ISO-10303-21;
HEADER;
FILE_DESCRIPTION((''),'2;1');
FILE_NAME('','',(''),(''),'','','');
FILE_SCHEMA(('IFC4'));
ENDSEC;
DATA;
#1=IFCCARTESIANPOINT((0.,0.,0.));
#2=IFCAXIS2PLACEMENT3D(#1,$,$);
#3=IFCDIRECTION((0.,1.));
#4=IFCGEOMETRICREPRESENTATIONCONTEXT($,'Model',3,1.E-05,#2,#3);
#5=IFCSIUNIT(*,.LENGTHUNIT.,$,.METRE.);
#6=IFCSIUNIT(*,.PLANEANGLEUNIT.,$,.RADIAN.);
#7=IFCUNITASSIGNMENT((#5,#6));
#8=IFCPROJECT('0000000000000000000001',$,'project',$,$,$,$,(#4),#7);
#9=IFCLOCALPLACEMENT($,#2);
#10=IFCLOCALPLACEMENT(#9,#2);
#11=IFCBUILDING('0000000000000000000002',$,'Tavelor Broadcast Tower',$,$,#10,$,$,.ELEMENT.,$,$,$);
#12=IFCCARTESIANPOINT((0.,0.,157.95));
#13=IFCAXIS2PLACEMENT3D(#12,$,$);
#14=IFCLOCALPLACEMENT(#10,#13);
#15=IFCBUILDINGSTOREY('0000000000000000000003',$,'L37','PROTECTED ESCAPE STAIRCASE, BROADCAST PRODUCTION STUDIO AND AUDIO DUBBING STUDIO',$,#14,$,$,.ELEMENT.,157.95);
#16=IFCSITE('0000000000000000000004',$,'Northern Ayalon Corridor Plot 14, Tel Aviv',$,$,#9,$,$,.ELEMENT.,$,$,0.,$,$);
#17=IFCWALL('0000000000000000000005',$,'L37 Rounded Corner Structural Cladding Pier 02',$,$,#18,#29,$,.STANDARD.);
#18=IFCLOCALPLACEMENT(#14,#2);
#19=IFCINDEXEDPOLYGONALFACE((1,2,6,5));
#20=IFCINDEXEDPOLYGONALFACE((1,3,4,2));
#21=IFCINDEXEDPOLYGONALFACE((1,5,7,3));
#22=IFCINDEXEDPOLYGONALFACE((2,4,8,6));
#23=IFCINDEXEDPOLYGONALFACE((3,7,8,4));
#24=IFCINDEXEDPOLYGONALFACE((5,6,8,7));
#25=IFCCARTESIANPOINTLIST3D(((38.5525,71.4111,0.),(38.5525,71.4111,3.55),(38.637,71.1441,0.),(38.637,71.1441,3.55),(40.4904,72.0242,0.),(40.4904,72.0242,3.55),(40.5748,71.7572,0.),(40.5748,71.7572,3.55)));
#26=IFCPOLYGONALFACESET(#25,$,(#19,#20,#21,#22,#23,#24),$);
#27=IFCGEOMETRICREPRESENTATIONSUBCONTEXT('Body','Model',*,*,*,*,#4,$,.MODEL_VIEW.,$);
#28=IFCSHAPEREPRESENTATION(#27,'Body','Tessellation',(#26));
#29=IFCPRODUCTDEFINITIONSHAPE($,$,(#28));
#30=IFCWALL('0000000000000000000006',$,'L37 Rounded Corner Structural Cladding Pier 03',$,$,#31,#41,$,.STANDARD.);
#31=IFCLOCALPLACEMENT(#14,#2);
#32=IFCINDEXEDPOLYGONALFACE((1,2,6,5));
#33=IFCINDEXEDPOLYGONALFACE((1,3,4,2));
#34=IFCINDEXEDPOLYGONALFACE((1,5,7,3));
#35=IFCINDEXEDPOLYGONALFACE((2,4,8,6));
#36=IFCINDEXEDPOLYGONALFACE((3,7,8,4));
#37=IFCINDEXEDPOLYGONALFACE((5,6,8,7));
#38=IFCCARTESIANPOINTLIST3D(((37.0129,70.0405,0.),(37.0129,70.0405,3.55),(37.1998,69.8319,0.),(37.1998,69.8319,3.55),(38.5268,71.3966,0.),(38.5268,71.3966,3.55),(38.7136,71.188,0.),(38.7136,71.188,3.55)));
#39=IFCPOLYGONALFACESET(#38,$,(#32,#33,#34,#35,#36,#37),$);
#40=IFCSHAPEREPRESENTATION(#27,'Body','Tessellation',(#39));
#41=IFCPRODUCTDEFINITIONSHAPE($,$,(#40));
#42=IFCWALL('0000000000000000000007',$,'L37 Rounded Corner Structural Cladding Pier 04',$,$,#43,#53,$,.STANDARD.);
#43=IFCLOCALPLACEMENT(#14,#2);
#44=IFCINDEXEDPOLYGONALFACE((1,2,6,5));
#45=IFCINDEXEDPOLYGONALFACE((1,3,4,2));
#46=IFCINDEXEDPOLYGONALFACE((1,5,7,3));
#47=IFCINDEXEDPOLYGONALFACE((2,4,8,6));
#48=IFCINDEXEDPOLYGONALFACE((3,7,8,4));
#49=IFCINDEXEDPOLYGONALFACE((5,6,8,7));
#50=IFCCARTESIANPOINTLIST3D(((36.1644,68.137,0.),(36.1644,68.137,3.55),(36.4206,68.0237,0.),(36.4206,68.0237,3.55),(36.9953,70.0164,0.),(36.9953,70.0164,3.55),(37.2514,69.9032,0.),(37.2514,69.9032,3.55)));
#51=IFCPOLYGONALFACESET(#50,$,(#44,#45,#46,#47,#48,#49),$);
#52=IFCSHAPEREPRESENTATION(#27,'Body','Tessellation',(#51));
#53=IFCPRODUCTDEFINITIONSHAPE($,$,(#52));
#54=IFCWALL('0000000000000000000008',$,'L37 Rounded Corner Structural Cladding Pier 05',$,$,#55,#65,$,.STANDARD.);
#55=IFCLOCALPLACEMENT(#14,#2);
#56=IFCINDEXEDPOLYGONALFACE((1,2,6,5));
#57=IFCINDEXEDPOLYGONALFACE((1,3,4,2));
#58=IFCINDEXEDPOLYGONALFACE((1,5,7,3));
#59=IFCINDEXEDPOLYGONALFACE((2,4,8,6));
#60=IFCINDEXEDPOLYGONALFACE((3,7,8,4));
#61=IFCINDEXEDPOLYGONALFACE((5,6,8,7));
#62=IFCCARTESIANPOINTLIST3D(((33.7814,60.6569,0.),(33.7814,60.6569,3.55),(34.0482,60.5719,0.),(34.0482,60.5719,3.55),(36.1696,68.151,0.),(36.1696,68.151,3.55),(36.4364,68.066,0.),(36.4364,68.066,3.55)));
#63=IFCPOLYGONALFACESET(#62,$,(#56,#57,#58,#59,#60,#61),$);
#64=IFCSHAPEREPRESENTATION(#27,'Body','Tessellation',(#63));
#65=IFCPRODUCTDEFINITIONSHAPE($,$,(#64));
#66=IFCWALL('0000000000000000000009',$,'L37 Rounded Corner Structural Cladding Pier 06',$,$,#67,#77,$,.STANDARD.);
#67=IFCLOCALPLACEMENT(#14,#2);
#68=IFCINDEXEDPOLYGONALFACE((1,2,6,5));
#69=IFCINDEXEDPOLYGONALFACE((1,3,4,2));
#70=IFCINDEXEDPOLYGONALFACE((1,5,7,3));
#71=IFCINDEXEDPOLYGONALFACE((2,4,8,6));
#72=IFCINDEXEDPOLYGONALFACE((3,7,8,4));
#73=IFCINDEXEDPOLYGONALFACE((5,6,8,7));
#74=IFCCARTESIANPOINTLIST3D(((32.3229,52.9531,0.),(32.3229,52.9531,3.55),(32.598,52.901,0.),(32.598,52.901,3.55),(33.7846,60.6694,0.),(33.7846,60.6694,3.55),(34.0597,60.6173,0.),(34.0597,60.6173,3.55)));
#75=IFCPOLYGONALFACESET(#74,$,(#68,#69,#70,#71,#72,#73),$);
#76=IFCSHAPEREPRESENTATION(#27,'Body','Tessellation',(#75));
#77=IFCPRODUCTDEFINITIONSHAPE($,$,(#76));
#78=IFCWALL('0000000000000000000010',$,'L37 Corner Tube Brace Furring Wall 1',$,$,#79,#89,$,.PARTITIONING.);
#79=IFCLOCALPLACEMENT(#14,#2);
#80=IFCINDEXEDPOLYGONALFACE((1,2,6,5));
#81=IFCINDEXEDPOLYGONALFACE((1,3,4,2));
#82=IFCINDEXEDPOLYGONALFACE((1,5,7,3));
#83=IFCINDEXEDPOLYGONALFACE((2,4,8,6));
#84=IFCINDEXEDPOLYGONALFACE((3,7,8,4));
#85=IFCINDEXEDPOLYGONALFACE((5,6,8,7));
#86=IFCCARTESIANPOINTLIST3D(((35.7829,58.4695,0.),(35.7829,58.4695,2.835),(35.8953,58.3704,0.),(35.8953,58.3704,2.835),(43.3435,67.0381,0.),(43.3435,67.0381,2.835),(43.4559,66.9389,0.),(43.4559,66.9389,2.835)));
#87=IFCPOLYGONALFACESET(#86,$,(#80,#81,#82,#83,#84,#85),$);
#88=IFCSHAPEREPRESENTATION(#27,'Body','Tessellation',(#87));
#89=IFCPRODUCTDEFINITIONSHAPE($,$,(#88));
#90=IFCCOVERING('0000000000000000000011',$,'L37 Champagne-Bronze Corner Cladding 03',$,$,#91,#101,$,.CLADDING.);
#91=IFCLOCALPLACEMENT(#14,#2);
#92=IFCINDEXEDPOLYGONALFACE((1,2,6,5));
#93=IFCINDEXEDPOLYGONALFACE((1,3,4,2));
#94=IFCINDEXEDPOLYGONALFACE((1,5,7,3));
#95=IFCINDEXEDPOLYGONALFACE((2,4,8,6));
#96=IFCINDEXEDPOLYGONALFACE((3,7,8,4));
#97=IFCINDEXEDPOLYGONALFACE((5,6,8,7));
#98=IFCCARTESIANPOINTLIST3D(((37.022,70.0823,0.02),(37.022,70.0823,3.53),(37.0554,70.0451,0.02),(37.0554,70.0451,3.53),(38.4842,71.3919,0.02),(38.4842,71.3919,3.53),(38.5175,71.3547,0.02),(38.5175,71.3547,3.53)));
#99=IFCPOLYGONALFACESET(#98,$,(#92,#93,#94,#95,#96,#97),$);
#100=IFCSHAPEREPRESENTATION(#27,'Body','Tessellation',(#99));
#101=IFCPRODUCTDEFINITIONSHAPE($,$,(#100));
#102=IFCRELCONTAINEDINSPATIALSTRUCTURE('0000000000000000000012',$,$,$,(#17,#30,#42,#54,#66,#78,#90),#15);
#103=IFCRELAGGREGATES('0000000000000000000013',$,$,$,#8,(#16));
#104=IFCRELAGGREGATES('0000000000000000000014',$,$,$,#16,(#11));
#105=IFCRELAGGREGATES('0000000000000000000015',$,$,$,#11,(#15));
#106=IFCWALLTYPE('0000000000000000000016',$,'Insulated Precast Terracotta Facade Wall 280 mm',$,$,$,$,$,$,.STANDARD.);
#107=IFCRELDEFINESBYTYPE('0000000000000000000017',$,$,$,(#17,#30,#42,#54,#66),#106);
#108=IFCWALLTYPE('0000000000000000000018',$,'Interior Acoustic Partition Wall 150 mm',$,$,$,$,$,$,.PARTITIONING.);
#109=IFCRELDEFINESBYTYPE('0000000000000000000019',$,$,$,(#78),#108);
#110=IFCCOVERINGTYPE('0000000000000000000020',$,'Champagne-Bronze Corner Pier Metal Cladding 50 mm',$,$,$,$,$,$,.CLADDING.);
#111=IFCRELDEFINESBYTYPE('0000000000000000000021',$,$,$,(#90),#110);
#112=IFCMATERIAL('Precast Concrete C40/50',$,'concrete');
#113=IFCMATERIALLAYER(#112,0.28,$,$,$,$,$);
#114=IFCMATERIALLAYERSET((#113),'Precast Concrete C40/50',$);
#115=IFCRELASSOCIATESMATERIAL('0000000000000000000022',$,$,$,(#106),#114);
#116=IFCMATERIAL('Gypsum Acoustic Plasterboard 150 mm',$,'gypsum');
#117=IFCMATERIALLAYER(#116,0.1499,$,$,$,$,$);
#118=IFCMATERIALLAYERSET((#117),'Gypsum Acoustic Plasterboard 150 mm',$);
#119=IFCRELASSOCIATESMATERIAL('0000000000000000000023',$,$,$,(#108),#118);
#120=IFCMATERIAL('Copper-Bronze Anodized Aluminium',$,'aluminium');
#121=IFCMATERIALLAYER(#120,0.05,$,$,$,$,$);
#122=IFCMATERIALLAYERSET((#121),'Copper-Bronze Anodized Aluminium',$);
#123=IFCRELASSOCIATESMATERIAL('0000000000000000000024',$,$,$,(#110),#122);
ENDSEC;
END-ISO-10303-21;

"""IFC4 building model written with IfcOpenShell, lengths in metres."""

from ifc_helpers import new_model, si_unit, direction, frame, frame_2d, origin, origin_2d, place, context, subcontext, project, spatial, rectangle, extrude, material, layer, layer_set, type_object, element, save


model = new_model("IFC4")

# Units and contexts
model_context = context("Model", 3, precision=1e-05, world=origin(), true_north=direction((0.0, 1.0)))
body_context = subcontext(model_context, "Body", "Model", "MODEL_VIEW")
ifc_project = project(units=[si_unit("LENGTHUNIT", "METRE"), si_unit("PLANEANGLEUNIT", "RADIAN")], contexts=[model_context])

# Site, building, storey
site_placement = place(None, origin())
site = spatial("IfcSite", under=ifc_project, at=site_placement, Name="Northern Ayalon Corridor Plot 14, Tel Aviv", CompositionType="ELEMENT", RefElevation=0.0)
building_placement = place(site_placement, origin())
building = spatial("IfcBuilding", under=site, at=building_placement, Name="Tavelor Broadcast Tower", CompositionType="ELEMENT")
storey_placement = place(building_placement, frame((0.0, 0.0, 157.95)))
storey = spatial("IfcBuildingStorey", under=building, at=storey_placement, Name="L37", Description="PROTECTED ESCAPE STAIRCASE, BROADCAST PRODUCTION STUDIO AND AUDIO DUBBING STUDIO", CompositionType="ELEMENT", Elevation=157.95)

# Walls
ifc_material_1 = material(Name="Precast Concrete C40/50", Category="concrete")
ifc_layer_1 = layer(ifc_material_1, 0.28)
ifc_layer_set_1 = layer_set([ifc_layer_1], Name="Precast Concrete C40/50")
wall_type_1 = type_object("IfcWallType", Name="Insulated Precast Terracotta Facade Wall 280 mm", PredefinedType="STANDARD", material=ifc_layer_set_1)
for number, where, z_axis, x_axis, name in (
    (1, (40.5325, 71.8906, 0.0), (0.0, 0.0, 1.0), (-0.953425, -0.301631, 0.0), "L37 Rounded Corner Structural Cladding Pier 02"),
    (2, (38.6201, 71.2922, 0.0), (0.0, 0.0, 1.0), (-0.744839, -0.667244, 0.0), "L37 Rounded Corner Structural Cladding Pier 03"),
):
    element("IfcWall", number, at=place(storey_placement, frame(where, z_axis=z_axis, x_axis=x_axis)), inside=storey, type_object=wall_type_1, Name=name, PredefinedType="STANDARD", context=body_context, shape_type="SweptSolid", body=[
        extrude(rectangle(XDim=2.0325, YDim=0.28, at=frame_2d((1.0161, 0.0))), origin(), (0.0, 0.0, 1.0), 3.55),
    ])
wall_1_placement = place(storey_placement, frame((37.1233, 69.9597, 0.0), z_axis=(0.0, 0.0, 1.0), x_axis=(-0.404319, -0.914618, 0.0)))
element("IfcWall", 3, at=wall_1_placement, inside=storey, type_object=wall_type_1, Name="L37 Rounded Corner Structural Cladding Pier 04", PredefinedType="STANDARD", context=body_context, shape_type="SweptSolid", body=[
    extrude(rectangle(XDim=2.0549, YDim=0.28, at=frame_2d((1.0273, 0.0))), origin(), (0.0, 0.0, 1.0), 3.55),
])
wall_2_placement = place(storey_placement, frame((36.303, 68.1084, 0.0), z_axis=(0.0, 0.0, 1.0), x_axis=(-0.303629, -0.95279, 0.0)))
element("IfcWall", 4, at=wall_2_placement, inside=storey, type_object=wall_type_1, Name="L37 Rounded Corner Structural Cladding Pier 05", PredefinedType="STANDARD", context=body_context, shape_type="SweptSolid", body=[
    extrude(rectangle(XDim=7.8655, YDim=0.28, at=frame_2d((3.9326, 0.0))), origin(), (0.0, 0.0, 1.0), 3.55),
])
wall_3_placement = place(storey_placement, frame((33.9221, 60.6433, 0.0), z_axis=(0.0, 0.0, 1.0), x_axis=(-0.186116, -0.982528, 0.0)))
element("IfcWall", 5, at=wall_3_placement, inside=storey, type_object=wall_type_1, Name="L37 Rounded Corner Structural Cladding Pier 06", PredefinedType="STANDARD", context=body_context, shape_type="SweptSolid", body=[
    extrude(rectangle(XDim=7.8535, YDim=0.28, at=frame_2d((3.9268, 0.0))), origin(), (0.0, 0.0, 1.0), 3.55),
])
ifc_material_2 = material(Name="Gypsum Acoustic Plasterboard 150 mm", Category="gypsum")
ifc_layer_2 = layer(ifc_material_2, 0.1499)
ifc_layer_set_2 = layer_set([ifc_layer_2], Name="Gypsum Acoustic Plasterboard 150 mm")
wall_type_2 = type_object("IfcWallType", Name="Interior Acoustic Partition Wall 150 mm", PredefinedType="PARTITIONING", material=ifc_layer_set_2)
wall_4_placement = place(storey_placement, frame((43.3997, 66.9885, 0.0), z_axis=(0.0, 0.0, 1.0), x_axis=(-0.661622, -0.749837, 0.0)))
element("IfcWall", 6, at=wall_4_placement, inside=storey, type_object=wall_type_2, Name="L37 Corner Tube Brace Furring Wall 1", PredefinedType="PARTITIONING", context=body_context, shape_type="SweptSolid", body=[
    extrude(rectangle(XDim=11.4272, YDim=0.1499, at=frame_2d((5.7136, 0.0))), origin(), (0.0, 0.0, 1.0), 2.835),
])

# Covering
ifc_material_3 = material(Name="Copper-Bronze Anodized Aluminium", Category="aluminium")
ifc_layer_3 = layer(ifc_material_3, 0.05)
ifc_layer_set_3 = layer_set([ifc_layer_3], Name="Copper-Bronze Anodized Aluminium")
covering_type = type_object("IfcCoveringType", Name="Champagne-Bronze Corner Pier Metal Cladding 50 mm", PredefinedType="CLADDING", material=ifc_layer_set_3)
covering_placement = place(storey_placement, frame((37.7698, 70.7185, 0.02), z_axis=(0.0, 0.0, 1.0), x_axis=(-0.744894, -0.667183, 0.0)))
element("IfcCovering", 7, at=covering_placement, inside=storey, type_object=covering_type, Name="L37 Champagne-Bronze Corner Cladding 03", PredefinedType="CLADDING", context=body_context, shape_type="SweptSolid", body=[
    extrude(rectangle(XDim=1.9629, YDim=0.05, at=origin_2d()), origin(), (0.0, 0.0, 1.0), 3.51),
])

save(model, "model.ifc")
